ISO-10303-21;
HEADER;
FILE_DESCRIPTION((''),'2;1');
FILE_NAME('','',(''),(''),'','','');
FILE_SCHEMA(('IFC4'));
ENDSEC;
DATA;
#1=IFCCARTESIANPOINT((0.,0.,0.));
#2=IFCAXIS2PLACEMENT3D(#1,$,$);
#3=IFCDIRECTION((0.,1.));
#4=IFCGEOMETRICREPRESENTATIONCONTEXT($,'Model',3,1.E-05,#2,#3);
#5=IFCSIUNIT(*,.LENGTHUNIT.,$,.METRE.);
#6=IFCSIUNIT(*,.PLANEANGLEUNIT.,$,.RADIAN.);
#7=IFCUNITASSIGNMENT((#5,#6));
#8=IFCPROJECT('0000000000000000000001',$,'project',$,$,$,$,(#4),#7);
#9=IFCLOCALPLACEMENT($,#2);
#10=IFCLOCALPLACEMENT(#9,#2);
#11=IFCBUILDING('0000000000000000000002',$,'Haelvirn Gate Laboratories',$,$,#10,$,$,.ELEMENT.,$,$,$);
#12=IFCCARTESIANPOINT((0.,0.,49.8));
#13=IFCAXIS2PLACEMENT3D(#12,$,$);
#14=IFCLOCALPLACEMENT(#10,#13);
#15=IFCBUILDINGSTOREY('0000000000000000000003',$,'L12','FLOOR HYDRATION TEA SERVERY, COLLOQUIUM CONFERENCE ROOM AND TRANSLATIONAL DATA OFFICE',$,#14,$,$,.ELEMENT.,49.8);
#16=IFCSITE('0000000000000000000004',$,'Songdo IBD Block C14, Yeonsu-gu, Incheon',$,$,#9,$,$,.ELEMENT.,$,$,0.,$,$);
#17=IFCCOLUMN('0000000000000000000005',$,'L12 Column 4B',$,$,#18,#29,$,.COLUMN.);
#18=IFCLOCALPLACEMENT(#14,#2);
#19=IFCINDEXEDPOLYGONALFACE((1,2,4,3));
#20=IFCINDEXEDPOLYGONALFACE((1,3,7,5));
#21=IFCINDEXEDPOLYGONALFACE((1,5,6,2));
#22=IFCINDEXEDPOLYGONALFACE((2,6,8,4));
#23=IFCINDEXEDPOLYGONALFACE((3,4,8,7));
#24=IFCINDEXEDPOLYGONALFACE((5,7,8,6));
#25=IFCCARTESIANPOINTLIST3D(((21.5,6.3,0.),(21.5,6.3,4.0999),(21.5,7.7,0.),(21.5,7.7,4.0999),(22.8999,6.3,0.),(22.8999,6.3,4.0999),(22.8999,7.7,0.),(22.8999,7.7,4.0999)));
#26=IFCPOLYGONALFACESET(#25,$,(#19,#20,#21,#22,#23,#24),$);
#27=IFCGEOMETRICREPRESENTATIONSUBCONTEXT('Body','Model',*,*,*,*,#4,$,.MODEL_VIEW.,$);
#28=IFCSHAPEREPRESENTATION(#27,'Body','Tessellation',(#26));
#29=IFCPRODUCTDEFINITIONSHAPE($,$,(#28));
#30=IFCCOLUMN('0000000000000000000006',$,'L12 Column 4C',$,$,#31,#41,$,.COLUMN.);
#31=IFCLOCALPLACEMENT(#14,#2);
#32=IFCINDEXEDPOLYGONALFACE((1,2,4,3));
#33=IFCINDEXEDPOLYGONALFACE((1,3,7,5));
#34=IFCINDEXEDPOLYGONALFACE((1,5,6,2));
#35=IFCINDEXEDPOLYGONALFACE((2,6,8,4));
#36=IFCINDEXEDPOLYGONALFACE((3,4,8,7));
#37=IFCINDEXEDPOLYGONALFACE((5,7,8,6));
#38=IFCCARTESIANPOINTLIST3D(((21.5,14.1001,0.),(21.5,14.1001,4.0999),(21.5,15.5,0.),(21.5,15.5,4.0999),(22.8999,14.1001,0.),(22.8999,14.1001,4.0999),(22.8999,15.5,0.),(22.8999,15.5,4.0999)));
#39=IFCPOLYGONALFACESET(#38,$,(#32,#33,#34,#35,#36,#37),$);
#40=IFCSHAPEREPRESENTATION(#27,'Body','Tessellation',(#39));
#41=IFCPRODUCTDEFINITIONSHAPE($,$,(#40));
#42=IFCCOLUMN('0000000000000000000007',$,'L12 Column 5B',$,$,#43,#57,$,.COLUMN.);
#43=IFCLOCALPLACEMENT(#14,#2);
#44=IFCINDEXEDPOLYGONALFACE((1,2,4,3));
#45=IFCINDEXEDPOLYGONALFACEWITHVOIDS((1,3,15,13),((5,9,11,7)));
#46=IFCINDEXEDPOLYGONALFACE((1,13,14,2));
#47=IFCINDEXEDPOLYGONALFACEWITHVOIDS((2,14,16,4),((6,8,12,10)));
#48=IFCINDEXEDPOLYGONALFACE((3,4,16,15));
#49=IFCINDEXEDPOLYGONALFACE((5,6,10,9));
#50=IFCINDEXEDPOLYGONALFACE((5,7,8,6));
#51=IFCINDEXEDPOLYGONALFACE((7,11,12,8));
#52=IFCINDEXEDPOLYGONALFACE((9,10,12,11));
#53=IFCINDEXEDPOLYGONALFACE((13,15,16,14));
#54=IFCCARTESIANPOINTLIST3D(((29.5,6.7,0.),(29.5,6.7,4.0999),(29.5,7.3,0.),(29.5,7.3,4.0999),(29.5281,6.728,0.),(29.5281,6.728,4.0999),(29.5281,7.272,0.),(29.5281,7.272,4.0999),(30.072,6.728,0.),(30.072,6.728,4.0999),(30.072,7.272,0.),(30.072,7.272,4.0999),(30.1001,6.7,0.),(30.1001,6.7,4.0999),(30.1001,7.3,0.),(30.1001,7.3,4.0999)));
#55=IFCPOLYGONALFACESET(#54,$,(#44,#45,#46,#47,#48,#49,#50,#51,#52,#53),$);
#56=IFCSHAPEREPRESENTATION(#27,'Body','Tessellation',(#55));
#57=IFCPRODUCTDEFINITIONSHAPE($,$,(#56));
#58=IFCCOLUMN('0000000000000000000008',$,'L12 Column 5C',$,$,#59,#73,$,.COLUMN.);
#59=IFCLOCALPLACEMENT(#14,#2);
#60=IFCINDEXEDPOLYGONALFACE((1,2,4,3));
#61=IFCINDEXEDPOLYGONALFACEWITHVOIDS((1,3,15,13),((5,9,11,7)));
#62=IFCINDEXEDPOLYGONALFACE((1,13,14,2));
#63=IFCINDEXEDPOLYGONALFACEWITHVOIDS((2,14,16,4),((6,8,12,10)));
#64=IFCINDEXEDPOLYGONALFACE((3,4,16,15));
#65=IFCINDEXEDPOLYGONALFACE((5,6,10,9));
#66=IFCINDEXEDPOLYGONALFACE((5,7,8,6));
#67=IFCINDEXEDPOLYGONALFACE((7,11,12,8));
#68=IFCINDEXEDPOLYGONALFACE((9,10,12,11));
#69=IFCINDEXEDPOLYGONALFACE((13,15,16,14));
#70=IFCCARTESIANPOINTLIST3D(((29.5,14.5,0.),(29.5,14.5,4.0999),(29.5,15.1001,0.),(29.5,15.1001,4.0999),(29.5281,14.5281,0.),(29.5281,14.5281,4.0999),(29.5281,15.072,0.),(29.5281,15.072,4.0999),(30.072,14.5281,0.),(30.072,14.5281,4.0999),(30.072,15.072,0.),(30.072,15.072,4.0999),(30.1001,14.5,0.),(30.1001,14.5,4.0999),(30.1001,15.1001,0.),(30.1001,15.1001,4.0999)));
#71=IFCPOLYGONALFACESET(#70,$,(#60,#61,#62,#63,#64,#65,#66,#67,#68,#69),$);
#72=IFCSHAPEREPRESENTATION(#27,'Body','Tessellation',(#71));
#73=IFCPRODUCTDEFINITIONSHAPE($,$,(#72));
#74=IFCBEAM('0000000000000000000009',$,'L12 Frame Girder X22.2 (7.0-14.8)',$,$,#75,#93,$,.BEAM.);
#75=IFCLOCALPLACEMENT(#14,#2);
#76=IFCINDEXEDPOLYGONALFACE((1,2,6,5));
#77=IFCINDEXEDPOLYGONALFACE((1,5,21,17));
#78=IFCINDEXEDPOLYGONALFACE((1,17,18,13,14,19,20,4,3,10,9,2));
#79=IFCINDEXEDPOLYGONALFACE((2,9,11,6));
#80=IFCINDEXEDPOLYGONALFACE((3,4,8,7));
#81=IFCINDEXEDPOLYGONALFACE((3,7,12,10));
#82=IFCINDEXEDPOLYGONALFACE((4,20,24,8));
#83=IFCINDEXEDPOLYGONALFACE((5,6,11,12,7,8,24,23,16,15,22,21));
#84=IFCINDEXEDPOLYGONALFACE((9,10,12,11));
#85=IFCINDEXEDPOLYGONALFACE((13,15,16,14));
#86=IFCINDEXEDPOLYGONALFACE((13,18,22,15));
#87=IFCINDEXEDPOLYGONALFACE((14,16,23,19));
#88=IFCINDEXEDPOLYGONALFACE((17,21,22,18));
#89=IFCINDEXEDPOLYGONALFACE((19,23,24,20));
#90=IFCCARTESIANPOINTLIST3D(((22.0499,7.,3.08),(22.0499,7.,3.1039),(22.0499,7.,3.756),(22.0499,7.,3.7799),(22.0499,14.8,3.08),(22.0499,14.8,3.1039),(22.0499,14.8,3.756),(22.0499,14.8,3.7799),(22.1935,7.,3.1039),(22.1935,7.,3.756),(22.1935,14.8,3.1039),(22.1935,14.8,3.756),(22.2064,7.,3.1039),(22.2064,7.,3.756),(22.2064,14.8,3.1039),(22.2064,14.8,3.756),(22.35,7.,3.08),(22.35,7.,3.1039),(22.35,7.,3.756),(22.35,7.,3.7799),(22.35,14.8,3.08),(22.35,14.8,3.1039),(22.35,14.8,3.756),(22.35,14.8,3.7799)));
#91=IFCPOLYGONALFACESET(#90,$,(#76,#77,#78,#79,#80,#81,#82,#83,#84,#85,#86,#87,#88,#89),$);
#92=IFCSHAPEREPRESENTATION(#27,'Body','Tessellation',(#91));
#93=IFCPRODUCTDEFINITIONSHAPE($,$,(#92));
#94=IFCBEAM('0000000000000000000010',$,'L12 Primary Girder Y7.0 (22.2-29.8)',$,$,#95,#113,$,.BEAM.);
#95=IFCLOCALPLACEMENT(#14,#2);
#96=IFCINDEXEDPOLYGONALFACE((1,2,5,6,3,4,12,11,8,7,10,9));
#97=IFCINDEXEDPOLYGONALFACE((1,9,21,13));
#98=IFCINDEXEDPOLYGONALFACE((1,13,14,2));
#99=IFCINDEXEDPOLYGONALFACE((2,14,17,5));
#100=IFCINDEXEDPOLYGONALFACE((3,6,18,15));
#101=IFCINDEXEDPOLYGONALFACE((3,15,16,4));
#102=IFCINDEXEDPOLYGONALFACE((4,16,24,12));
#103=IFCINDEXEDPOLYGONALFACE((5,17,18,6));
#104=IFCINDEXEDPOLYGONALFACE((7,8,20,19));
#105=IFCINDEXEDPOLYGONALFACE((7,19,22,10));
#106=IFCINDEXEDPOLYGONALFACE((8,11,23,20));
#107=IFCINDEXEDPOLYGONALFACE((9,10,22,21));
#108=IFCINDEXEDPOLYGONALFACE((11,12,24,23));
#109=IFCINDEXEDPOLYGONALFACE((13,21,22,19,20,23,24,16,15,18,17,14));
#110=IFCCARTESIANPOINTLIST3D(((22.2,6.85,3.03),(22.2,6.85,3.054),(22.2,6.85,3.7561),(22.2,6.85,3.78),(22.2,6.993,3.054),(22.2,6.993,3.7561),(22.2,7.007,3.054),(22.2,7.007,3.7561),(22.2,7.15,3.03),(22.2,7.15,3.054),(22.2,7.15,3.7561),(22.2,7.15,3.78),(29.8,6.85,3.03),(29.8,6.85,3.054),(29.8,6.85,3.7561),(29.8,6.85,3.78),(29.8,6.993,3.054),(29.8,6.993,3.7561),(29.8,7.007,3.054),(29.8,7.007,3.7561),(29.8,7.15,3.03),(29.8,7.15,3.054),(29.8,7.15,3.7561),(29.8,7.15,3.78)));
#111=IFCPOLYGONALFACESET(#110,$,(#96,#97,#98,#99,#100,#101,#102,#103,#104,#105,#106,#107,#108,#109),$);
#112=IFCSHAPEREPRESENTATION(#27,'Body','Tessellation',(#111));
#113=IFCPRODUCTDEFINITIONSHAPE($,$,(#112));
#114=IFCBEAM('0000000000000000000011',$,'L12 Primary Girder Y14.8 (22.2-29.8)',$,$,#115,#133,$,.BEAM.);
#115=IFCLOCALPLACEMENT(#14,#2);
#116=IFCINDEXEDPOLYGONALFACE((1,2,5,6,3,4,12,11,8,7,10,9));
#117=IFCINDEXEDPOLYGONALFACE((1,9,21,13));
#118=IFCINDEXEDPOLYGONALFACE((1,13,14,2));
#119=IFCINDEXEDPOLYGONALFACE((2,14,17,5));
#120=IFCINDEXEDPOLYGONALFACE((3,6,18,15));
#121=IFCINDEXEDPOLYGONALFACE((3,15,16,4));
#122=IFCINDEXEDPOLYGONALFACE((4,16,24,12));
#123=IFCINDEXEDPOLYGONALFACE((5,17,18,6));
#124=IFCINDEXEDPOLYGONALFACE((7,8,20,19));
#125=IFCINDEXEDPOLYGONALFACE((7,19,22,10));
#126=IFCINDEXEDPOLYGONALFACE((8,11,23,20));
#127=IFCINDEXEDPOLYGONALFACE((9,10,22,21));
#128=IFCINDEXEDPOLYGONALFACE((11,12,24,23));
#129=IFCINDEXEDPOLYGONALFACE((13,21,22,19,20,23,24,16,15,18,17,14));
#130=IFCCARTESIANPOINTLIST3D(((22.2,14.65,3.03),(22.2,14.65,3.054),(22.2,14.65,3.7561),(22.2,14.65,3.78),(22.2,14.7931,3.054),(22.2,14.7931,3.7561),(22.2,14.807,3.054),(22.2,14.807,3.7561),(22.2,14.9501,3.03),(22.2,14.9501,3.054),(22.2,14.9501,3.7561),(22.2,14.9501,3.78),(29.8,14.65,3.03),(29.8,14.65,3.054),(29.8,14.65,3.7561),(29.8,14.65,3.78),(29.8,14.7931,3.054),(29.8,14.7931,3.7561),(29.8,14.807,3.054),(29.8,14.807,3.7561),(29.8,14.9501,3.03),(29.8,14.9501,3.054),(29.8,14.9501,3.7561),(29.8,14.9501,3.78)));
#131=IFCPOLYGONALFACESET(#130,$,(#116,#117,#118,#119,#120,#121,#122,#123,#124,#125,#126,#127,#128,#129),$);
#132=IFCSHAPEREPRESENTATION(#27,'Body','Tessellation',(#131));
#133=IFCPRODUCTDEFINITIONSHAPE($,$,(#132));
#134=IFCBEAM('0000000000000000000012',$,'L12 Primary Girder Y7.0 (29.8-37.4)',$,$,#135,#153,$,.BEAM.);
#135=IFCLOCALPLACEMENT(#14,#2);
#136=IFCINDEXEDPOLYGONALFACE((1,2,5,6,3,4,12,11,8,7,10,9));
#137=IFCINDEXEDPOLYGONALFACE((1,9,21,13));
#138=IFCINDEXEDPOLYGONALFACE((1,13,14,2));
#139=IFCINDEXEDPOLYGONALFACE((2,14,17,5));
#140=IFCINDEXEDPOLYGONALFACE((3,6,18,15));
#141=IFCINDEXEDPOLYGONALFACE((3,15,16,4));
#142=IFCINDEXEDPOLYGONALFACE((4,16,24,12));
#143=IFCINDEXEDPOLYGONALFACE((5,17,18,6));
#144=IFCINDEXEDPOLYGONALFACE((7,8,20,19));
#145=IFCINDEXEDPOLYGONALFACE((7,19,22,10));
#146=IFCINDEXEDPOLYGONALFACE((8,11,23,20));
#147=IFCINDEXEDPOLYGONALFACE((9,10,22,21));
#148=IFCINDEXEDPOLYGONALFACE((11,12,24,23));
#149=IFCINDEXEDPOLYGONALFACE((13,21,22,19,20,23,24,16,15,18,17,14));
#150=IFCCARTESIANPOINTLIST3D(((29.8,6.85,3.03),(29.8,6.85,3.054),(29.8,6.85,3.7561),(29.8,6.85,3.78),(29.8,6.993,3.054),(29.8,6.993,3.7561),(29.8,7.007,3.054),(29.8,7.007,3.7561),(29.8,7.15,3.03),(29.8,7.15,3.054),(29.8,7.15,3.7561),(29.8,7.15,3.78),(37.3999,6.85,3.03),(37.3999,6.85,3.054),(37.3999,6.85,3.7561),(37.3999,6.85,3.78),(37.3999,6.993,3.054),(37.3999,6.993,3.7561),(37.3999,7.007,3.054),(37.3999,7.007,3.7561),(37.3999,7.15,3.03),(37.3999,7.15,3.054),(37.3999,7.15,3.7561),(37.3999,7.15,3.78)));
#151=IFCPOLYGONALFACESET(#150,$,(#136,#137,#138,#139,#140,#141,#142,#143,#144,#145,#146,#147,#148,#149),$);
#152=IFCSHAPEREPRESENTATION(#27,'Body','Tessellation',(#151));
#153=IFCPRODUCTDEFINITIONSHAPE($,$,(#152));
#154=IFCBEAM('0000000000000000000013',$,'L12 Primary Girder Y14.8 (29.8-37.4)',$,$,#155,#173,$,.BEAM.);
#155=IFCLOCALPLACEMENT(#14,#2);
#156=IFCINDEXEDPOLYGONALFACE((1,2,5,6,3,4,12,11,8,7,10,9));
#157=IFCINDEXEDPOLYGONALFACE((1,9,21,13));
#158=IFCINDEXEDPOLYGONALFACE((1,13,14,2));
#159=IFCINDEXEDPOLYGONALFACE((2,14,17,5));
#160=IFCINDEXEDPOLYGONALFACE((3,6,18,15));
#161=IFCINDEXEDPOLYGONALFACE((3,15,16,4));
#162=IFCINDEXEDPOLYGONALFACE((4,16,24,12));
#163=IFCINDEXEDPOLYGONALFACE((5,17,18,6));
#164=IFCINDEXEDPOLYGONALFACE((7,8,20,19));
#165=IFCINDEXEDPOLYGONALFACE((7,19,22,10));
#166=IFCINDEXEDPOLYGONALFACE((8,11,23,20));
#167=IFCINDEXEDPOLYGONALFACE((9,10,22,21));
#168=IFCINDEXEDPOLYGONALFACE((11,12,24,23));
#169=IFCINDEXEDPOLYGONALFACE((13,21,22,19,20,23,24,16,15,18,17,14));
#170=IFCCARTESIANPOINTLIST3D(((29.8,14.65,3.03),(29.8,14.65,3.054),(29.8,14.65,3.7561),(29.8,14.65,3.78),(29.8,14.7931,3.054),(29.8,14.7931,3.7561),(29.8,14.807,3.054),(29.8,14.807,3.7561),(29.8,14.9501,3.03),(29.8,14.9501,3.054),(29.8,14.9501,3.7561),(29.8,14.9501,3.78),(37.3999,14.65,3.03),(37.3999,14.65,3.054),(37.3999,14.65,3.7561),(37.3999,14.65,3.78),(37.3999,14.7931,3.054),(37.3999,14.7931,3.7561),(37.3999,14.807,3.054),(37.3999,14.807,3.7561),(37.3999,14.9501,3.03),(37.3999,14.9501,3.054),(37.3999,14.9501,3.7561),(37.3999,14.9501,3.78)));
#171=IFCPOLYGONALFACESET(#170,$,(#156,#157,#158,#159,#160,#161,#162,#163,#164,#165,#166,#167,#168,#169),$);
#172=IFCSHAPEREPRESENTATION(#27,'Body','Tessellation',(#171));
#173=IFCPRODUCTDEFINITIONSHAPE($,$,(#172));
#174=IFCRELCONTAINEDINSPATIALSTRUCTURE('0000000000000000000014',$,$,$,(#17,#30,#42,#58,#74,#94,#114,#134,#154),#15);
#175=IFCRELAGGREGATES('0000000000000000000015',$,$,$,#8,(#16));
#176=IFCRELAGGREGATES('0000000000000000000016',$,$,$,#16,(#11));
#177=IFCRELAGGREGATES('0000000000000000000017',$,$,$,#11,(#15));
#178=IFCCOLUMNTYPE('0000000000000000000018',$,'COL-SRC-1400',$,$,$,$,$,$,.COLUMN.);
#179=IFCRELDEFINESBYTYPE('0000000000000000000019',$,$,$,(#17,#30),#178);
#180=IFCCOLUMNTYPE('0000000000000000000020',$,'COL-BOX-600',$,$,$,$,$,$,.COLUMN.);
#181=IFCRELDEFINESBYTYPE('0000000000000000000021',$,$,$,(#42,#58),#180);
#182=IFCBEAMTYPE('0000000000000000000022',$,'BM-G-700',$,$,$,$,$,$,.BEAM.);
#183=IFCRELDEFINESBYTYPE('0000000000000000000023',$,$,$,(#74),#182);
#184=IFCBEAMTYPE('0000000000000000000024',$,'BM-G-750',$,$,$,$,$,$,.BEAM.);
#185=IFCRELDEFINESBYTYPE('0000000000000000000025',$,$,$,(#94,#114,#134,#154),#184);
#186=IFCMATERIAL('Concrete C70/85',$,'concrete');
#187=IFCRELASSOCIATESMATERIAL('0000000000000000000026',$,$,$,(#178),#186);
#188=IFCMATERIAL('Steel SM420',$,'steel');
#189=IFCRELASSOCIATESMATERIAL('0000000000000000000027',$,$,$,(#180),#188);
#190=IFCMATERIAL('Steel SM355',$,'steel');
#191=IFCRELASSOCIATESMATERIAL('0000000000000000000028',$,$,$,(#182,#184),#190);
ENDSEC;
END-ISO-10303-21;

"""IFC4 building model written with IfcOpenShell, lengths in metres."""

from ifc_helpers import new_model, si_unit, direction, frame, origin, origin_2d, place, context, subcontext, project, spatial, rectangle, hollow_rectangle, i_section, extrude, source, transform, mapped, material, material_profile, profile_set, type_object, type_shapes, element, save


model = new_model("IFC4")

# Units and contexts
model_context = context("Model", 3, precision=1e-05, world=origin(), true_north=direction((0.0, 1.0)))
body_context = subcontext(model_context, "Body", "Model", "MODEL_VIEW")
ifc_project = project(units=[si_unit("LENGTHUNIT", "METRE"), si_unit("PLANEANGLEUNIT", "RADIAN")], contexts=[model_context])

# Site, building, storey
site_placement = place(None, origin())
site = spatial("IfcSite", under=ifc_project, at=site_placement, Name="Songdo IBD Block C14, Yeonsu-gu, Incheon", CompositionType="ELEMENT", RefElevation=0.0)
building_placement = place(site_placement, origin())
building = spatial("IfcBuilding", under=site, at=building_placement, Name="Haelvirn Gate Laboratories", CompositionType="ELEMENT")
storey_placement = place(building_placement, frame((0.0, 0.0, 49.8)))
storey = spatial("IfcBuildingStorey", under=building, at=storey_placement, Name="L12", Description="FLOOR HYDRATION TEA SERVERY, COLLOQUIUM CONFERENCE ROOM AND TRANSLATIONAL DATA OFFICE", CompositionType="ELEMENT", Elevation=49.8)

# Columns
ifc_material_1 = material(Name="Concrete C70/85", Category="concrete")
ifc_material_profile_1 = material_profile(ifc_material_1, rectangle(XDim=1.3999, YDim=1.3999, at=origin_2d()), Name="SRC-1400x1400")
ifc_profile_set_1 = profile_set([ifc_material_profile_1], Name="Concrete C70/85")
column_type_1 = type_object("IfcColumnType", Name="COL-SRC-1400", PredefinedType="COLUMN", material=ifc_profile_set_1)
shared_shape_1 = source(origin(), body_context, "Body", "SweptSolid", [
    extrude(rectangle(XDim=1.3999, YDim=1.3999, at=origin_2d()), origin(), (0.0, 0.0, 1.0), 4.0999),
])
type_shapes(column_type_1, [shared_shape_1])
for number, where, z_axis, x_axis, name in (
    (1, (22.2, 7.0, 0.0), (0.0, 0.0, 1.0), (1.0, 0.0, 0.0), "L12 Column 4B"),
    (2, (22.2, 14.8, 0.0), (0.0, 0.0, 1.0), (1.0, 0.0, 0.0), "L12 Column 4C"),
):
    element("IfcColumn", number, at=place(storey_placement, frame(where, z_axis=z_axis, x_axis=x_axis)), inside=storey, type_object=column_type_1, Name=name, PredefinedType="COLUMN", context=body_context, shape_type="MappedRepresentation", body=[
        mapped(shared_shape_1, transform((0.0, 0.0, 0.0), scale=1.0)),
    ])
ifc_material_2 = material(Name="Steel SM420", Category="steel")
ifc_material_profile_2 = material_profile(ifc_material_2, hollow_rectangle(XDim=0.6001, YDim=0.6001, WallThickness=0.0281, at=origin_2d()), Name="BOX-600x600x28")
ifc_profile_set_2 = profile_set([ifc_material_profile_2], Name="Steel SM420")
column_type_2 = type_object("IfcColumnType", Name="COL-BOX-600", PredefinedType="COLUMN", material=ifc_profile_set_2)
shared_shape_2 = source(origin(), body_context, "Body", "SweptSolid", [
    extrude(hollow_rectangle(XDim=0.6001, YDim=0.6001, WallThickness=0.0281, at=origin_2d()), origin(), (0.0, 0.0, 1.0), 4.0999),
])
type_shapes(column_type_2, [shared_shape_2])
for number, where, z_axis, x_axis, name in (
    (3, (29.8, 7.0, 0.0), (0.0, 0.0, 1.0), (1.0, 0.0, 0.0), "L12 Column 5B"),
    (4, (29.8, 14.8, 0.0), (0.0, 0.0, 1.0), (1.0, 0.0, 0.0), "L12 Column 5C"),
):
    element("IfcColumn", number, at=place(storey_placement, frame(where, z_axis=z_axis, x_axis=x_axis)), inside=storey, type_object=column_type_2, Name=name, PredefinedType="COLUMN", context=body_context, shape_type="MappedRepresentation", body=[
        mapped(shared_shape_2, transform((0.0, 0.0, 0.0), scale=1.0)),
    ])

# Beams
ifc_material_3 = material(Name="Steel SM355", Category="steel")
ifc_material_profile_3 = material_profile(ifc_material_3, i_section(OverallWidth=0.3, OverallDepth=0.7, WebThickness=0.0129, FlangeThickness=0.0239, at=origin_2d()), Name="H-700x300x13x24")
ifc_profile_set_3 = profile_set([ifc_material_profile_3], Name="Steel SM355")
beam_type_1 = type_object("IfcBeamType", Name="BM-G-700", PredefinedType="BEAM", material=ifc_profile_set_3)
shared_shape_3 = source(origin(), body_context, "Body", "SweptSolid", [
    extrude(i_section(OverallWidth=0.3, OverallDepth=0.7, WebThickness=0.0129, FlangeThickness=0.0239, at=origin_2d()), origin(), (0.0, 0.0, 1.0), 7.8),
])
type_shapes(beam_type_1, [shared_shape_3])
beam_placement = place(storey_placement, frame((22.2, 7.0, 3.4299), z_axis=(0.0, 1.0, 0.0), x_axis=(-1.0, 0.0, 0.0)))
element("IfcBeam", 5, at=beam_placement, inside=storey, type_object=beam_type_1, Name="L12 Frame Girder X22.2 (7.0-14.8)", PredefinedType="BEAM", context=body_context, shape_type="MappedRepresentation", body=[
    mapped(shared_shape_3, transform((0.0, 0.0, 0.0), scale=1.0)),
])
ifc_material_profile_4 = material_profile(ifc_material_3, i_section(OverallWidth=0.3, OverallDepth=0.75, WebThickness=0.0139, FlangeThickness=0.0239, at=origin_2d()), Name="H-750x300x14x24")
ifc_profile_set_4 = profile_set([ifc_material_profile_4], Name="Steel SM355")
beam_type_2 = type_object("IfcBeamType", Name="BM-G-750", PredefinedType="BEAM", material=ifc_profile_set_4)
shared_shape_4 = source(origin(), body_context, "Body", "SweptSolid", [
    extrude(i_section(OverallWidth=0.3, OverallDepth=0.75, WebThickness=0.0139, FlangeThickness=0.0239, at=origin_2d()), origin(), (0.0, 0.0, 1.0), 7.6001),
])
for number, where, z_axis, x_axis, name in (
    (6, (22.2, 7.0, 3.405), (1.0, 0.0, 0.0), (0.0, 1.0, 0.0), "L12 Primary Girder Y7.0 (22.2-29.8)"),
    (7, (22.2, 14.8, 3.405), (1.0, 0.0, 0.0), (0.0, 1.0, 0.0), "L12 Primary Girder Y14.8 (22.2-29.8)"),
):
    element("IfcBeam", number, at=place(storey_placement, frame(where, z_axis=z_axis, x_axis=x_axis)), inside=storey, type_object=beam_type_2, Name=name, PredefinedType="BEAM", context=body_context, shape_type="MappedRepresentation", body=[
        mapped(shared_shape_4, transform((0.0, 0.0, 0.0), scale=1.0)),
    ])
shared_shape_5 = source(origin(), body_context, "Body", "SweptSolid", [
    extrude(i_section(OverallWidth=0.3, OverallDepth=0.75, WebThickness=0.0139, FlangeThickness=0.0239, at=origin_2d()), origin(), (0.0, 0.0, 1.0), 7.5999),
])
type_shapes(beam_type_2, [shared_shape_4, shared_shape_5])
for number, where, z_axis, x_axis, name in (
    (8, (29.8, 7.0, 3.405), (1.0, 0.0, 0.0), (0.0, 1.0, 0.0), "L12 Primary Girder Y7.0 (29.8-37.4)"),
    (9, (29.8, 14.8, 3.405), (1.0, 0.0, 0.0), (0.0, 1.0, 0.0), "L12 Primary Girder Y14.8 (29.8-37.4)"),
):
    element("IfcBeam", number, at=place(storey_placement, frame(where, z_axis=z_axis, x_axis=x_axis)), inside=storey, type_object=beam_type_2, Name=name, PredefinedType="BEAM", context=body_context, shape_type="MappedRepresentation", body=[
        mapped(shared_shape_5, transform((0.0, 0.0, 0.0), scale=1.0)),
    ])

save(model, "model.ifc")
